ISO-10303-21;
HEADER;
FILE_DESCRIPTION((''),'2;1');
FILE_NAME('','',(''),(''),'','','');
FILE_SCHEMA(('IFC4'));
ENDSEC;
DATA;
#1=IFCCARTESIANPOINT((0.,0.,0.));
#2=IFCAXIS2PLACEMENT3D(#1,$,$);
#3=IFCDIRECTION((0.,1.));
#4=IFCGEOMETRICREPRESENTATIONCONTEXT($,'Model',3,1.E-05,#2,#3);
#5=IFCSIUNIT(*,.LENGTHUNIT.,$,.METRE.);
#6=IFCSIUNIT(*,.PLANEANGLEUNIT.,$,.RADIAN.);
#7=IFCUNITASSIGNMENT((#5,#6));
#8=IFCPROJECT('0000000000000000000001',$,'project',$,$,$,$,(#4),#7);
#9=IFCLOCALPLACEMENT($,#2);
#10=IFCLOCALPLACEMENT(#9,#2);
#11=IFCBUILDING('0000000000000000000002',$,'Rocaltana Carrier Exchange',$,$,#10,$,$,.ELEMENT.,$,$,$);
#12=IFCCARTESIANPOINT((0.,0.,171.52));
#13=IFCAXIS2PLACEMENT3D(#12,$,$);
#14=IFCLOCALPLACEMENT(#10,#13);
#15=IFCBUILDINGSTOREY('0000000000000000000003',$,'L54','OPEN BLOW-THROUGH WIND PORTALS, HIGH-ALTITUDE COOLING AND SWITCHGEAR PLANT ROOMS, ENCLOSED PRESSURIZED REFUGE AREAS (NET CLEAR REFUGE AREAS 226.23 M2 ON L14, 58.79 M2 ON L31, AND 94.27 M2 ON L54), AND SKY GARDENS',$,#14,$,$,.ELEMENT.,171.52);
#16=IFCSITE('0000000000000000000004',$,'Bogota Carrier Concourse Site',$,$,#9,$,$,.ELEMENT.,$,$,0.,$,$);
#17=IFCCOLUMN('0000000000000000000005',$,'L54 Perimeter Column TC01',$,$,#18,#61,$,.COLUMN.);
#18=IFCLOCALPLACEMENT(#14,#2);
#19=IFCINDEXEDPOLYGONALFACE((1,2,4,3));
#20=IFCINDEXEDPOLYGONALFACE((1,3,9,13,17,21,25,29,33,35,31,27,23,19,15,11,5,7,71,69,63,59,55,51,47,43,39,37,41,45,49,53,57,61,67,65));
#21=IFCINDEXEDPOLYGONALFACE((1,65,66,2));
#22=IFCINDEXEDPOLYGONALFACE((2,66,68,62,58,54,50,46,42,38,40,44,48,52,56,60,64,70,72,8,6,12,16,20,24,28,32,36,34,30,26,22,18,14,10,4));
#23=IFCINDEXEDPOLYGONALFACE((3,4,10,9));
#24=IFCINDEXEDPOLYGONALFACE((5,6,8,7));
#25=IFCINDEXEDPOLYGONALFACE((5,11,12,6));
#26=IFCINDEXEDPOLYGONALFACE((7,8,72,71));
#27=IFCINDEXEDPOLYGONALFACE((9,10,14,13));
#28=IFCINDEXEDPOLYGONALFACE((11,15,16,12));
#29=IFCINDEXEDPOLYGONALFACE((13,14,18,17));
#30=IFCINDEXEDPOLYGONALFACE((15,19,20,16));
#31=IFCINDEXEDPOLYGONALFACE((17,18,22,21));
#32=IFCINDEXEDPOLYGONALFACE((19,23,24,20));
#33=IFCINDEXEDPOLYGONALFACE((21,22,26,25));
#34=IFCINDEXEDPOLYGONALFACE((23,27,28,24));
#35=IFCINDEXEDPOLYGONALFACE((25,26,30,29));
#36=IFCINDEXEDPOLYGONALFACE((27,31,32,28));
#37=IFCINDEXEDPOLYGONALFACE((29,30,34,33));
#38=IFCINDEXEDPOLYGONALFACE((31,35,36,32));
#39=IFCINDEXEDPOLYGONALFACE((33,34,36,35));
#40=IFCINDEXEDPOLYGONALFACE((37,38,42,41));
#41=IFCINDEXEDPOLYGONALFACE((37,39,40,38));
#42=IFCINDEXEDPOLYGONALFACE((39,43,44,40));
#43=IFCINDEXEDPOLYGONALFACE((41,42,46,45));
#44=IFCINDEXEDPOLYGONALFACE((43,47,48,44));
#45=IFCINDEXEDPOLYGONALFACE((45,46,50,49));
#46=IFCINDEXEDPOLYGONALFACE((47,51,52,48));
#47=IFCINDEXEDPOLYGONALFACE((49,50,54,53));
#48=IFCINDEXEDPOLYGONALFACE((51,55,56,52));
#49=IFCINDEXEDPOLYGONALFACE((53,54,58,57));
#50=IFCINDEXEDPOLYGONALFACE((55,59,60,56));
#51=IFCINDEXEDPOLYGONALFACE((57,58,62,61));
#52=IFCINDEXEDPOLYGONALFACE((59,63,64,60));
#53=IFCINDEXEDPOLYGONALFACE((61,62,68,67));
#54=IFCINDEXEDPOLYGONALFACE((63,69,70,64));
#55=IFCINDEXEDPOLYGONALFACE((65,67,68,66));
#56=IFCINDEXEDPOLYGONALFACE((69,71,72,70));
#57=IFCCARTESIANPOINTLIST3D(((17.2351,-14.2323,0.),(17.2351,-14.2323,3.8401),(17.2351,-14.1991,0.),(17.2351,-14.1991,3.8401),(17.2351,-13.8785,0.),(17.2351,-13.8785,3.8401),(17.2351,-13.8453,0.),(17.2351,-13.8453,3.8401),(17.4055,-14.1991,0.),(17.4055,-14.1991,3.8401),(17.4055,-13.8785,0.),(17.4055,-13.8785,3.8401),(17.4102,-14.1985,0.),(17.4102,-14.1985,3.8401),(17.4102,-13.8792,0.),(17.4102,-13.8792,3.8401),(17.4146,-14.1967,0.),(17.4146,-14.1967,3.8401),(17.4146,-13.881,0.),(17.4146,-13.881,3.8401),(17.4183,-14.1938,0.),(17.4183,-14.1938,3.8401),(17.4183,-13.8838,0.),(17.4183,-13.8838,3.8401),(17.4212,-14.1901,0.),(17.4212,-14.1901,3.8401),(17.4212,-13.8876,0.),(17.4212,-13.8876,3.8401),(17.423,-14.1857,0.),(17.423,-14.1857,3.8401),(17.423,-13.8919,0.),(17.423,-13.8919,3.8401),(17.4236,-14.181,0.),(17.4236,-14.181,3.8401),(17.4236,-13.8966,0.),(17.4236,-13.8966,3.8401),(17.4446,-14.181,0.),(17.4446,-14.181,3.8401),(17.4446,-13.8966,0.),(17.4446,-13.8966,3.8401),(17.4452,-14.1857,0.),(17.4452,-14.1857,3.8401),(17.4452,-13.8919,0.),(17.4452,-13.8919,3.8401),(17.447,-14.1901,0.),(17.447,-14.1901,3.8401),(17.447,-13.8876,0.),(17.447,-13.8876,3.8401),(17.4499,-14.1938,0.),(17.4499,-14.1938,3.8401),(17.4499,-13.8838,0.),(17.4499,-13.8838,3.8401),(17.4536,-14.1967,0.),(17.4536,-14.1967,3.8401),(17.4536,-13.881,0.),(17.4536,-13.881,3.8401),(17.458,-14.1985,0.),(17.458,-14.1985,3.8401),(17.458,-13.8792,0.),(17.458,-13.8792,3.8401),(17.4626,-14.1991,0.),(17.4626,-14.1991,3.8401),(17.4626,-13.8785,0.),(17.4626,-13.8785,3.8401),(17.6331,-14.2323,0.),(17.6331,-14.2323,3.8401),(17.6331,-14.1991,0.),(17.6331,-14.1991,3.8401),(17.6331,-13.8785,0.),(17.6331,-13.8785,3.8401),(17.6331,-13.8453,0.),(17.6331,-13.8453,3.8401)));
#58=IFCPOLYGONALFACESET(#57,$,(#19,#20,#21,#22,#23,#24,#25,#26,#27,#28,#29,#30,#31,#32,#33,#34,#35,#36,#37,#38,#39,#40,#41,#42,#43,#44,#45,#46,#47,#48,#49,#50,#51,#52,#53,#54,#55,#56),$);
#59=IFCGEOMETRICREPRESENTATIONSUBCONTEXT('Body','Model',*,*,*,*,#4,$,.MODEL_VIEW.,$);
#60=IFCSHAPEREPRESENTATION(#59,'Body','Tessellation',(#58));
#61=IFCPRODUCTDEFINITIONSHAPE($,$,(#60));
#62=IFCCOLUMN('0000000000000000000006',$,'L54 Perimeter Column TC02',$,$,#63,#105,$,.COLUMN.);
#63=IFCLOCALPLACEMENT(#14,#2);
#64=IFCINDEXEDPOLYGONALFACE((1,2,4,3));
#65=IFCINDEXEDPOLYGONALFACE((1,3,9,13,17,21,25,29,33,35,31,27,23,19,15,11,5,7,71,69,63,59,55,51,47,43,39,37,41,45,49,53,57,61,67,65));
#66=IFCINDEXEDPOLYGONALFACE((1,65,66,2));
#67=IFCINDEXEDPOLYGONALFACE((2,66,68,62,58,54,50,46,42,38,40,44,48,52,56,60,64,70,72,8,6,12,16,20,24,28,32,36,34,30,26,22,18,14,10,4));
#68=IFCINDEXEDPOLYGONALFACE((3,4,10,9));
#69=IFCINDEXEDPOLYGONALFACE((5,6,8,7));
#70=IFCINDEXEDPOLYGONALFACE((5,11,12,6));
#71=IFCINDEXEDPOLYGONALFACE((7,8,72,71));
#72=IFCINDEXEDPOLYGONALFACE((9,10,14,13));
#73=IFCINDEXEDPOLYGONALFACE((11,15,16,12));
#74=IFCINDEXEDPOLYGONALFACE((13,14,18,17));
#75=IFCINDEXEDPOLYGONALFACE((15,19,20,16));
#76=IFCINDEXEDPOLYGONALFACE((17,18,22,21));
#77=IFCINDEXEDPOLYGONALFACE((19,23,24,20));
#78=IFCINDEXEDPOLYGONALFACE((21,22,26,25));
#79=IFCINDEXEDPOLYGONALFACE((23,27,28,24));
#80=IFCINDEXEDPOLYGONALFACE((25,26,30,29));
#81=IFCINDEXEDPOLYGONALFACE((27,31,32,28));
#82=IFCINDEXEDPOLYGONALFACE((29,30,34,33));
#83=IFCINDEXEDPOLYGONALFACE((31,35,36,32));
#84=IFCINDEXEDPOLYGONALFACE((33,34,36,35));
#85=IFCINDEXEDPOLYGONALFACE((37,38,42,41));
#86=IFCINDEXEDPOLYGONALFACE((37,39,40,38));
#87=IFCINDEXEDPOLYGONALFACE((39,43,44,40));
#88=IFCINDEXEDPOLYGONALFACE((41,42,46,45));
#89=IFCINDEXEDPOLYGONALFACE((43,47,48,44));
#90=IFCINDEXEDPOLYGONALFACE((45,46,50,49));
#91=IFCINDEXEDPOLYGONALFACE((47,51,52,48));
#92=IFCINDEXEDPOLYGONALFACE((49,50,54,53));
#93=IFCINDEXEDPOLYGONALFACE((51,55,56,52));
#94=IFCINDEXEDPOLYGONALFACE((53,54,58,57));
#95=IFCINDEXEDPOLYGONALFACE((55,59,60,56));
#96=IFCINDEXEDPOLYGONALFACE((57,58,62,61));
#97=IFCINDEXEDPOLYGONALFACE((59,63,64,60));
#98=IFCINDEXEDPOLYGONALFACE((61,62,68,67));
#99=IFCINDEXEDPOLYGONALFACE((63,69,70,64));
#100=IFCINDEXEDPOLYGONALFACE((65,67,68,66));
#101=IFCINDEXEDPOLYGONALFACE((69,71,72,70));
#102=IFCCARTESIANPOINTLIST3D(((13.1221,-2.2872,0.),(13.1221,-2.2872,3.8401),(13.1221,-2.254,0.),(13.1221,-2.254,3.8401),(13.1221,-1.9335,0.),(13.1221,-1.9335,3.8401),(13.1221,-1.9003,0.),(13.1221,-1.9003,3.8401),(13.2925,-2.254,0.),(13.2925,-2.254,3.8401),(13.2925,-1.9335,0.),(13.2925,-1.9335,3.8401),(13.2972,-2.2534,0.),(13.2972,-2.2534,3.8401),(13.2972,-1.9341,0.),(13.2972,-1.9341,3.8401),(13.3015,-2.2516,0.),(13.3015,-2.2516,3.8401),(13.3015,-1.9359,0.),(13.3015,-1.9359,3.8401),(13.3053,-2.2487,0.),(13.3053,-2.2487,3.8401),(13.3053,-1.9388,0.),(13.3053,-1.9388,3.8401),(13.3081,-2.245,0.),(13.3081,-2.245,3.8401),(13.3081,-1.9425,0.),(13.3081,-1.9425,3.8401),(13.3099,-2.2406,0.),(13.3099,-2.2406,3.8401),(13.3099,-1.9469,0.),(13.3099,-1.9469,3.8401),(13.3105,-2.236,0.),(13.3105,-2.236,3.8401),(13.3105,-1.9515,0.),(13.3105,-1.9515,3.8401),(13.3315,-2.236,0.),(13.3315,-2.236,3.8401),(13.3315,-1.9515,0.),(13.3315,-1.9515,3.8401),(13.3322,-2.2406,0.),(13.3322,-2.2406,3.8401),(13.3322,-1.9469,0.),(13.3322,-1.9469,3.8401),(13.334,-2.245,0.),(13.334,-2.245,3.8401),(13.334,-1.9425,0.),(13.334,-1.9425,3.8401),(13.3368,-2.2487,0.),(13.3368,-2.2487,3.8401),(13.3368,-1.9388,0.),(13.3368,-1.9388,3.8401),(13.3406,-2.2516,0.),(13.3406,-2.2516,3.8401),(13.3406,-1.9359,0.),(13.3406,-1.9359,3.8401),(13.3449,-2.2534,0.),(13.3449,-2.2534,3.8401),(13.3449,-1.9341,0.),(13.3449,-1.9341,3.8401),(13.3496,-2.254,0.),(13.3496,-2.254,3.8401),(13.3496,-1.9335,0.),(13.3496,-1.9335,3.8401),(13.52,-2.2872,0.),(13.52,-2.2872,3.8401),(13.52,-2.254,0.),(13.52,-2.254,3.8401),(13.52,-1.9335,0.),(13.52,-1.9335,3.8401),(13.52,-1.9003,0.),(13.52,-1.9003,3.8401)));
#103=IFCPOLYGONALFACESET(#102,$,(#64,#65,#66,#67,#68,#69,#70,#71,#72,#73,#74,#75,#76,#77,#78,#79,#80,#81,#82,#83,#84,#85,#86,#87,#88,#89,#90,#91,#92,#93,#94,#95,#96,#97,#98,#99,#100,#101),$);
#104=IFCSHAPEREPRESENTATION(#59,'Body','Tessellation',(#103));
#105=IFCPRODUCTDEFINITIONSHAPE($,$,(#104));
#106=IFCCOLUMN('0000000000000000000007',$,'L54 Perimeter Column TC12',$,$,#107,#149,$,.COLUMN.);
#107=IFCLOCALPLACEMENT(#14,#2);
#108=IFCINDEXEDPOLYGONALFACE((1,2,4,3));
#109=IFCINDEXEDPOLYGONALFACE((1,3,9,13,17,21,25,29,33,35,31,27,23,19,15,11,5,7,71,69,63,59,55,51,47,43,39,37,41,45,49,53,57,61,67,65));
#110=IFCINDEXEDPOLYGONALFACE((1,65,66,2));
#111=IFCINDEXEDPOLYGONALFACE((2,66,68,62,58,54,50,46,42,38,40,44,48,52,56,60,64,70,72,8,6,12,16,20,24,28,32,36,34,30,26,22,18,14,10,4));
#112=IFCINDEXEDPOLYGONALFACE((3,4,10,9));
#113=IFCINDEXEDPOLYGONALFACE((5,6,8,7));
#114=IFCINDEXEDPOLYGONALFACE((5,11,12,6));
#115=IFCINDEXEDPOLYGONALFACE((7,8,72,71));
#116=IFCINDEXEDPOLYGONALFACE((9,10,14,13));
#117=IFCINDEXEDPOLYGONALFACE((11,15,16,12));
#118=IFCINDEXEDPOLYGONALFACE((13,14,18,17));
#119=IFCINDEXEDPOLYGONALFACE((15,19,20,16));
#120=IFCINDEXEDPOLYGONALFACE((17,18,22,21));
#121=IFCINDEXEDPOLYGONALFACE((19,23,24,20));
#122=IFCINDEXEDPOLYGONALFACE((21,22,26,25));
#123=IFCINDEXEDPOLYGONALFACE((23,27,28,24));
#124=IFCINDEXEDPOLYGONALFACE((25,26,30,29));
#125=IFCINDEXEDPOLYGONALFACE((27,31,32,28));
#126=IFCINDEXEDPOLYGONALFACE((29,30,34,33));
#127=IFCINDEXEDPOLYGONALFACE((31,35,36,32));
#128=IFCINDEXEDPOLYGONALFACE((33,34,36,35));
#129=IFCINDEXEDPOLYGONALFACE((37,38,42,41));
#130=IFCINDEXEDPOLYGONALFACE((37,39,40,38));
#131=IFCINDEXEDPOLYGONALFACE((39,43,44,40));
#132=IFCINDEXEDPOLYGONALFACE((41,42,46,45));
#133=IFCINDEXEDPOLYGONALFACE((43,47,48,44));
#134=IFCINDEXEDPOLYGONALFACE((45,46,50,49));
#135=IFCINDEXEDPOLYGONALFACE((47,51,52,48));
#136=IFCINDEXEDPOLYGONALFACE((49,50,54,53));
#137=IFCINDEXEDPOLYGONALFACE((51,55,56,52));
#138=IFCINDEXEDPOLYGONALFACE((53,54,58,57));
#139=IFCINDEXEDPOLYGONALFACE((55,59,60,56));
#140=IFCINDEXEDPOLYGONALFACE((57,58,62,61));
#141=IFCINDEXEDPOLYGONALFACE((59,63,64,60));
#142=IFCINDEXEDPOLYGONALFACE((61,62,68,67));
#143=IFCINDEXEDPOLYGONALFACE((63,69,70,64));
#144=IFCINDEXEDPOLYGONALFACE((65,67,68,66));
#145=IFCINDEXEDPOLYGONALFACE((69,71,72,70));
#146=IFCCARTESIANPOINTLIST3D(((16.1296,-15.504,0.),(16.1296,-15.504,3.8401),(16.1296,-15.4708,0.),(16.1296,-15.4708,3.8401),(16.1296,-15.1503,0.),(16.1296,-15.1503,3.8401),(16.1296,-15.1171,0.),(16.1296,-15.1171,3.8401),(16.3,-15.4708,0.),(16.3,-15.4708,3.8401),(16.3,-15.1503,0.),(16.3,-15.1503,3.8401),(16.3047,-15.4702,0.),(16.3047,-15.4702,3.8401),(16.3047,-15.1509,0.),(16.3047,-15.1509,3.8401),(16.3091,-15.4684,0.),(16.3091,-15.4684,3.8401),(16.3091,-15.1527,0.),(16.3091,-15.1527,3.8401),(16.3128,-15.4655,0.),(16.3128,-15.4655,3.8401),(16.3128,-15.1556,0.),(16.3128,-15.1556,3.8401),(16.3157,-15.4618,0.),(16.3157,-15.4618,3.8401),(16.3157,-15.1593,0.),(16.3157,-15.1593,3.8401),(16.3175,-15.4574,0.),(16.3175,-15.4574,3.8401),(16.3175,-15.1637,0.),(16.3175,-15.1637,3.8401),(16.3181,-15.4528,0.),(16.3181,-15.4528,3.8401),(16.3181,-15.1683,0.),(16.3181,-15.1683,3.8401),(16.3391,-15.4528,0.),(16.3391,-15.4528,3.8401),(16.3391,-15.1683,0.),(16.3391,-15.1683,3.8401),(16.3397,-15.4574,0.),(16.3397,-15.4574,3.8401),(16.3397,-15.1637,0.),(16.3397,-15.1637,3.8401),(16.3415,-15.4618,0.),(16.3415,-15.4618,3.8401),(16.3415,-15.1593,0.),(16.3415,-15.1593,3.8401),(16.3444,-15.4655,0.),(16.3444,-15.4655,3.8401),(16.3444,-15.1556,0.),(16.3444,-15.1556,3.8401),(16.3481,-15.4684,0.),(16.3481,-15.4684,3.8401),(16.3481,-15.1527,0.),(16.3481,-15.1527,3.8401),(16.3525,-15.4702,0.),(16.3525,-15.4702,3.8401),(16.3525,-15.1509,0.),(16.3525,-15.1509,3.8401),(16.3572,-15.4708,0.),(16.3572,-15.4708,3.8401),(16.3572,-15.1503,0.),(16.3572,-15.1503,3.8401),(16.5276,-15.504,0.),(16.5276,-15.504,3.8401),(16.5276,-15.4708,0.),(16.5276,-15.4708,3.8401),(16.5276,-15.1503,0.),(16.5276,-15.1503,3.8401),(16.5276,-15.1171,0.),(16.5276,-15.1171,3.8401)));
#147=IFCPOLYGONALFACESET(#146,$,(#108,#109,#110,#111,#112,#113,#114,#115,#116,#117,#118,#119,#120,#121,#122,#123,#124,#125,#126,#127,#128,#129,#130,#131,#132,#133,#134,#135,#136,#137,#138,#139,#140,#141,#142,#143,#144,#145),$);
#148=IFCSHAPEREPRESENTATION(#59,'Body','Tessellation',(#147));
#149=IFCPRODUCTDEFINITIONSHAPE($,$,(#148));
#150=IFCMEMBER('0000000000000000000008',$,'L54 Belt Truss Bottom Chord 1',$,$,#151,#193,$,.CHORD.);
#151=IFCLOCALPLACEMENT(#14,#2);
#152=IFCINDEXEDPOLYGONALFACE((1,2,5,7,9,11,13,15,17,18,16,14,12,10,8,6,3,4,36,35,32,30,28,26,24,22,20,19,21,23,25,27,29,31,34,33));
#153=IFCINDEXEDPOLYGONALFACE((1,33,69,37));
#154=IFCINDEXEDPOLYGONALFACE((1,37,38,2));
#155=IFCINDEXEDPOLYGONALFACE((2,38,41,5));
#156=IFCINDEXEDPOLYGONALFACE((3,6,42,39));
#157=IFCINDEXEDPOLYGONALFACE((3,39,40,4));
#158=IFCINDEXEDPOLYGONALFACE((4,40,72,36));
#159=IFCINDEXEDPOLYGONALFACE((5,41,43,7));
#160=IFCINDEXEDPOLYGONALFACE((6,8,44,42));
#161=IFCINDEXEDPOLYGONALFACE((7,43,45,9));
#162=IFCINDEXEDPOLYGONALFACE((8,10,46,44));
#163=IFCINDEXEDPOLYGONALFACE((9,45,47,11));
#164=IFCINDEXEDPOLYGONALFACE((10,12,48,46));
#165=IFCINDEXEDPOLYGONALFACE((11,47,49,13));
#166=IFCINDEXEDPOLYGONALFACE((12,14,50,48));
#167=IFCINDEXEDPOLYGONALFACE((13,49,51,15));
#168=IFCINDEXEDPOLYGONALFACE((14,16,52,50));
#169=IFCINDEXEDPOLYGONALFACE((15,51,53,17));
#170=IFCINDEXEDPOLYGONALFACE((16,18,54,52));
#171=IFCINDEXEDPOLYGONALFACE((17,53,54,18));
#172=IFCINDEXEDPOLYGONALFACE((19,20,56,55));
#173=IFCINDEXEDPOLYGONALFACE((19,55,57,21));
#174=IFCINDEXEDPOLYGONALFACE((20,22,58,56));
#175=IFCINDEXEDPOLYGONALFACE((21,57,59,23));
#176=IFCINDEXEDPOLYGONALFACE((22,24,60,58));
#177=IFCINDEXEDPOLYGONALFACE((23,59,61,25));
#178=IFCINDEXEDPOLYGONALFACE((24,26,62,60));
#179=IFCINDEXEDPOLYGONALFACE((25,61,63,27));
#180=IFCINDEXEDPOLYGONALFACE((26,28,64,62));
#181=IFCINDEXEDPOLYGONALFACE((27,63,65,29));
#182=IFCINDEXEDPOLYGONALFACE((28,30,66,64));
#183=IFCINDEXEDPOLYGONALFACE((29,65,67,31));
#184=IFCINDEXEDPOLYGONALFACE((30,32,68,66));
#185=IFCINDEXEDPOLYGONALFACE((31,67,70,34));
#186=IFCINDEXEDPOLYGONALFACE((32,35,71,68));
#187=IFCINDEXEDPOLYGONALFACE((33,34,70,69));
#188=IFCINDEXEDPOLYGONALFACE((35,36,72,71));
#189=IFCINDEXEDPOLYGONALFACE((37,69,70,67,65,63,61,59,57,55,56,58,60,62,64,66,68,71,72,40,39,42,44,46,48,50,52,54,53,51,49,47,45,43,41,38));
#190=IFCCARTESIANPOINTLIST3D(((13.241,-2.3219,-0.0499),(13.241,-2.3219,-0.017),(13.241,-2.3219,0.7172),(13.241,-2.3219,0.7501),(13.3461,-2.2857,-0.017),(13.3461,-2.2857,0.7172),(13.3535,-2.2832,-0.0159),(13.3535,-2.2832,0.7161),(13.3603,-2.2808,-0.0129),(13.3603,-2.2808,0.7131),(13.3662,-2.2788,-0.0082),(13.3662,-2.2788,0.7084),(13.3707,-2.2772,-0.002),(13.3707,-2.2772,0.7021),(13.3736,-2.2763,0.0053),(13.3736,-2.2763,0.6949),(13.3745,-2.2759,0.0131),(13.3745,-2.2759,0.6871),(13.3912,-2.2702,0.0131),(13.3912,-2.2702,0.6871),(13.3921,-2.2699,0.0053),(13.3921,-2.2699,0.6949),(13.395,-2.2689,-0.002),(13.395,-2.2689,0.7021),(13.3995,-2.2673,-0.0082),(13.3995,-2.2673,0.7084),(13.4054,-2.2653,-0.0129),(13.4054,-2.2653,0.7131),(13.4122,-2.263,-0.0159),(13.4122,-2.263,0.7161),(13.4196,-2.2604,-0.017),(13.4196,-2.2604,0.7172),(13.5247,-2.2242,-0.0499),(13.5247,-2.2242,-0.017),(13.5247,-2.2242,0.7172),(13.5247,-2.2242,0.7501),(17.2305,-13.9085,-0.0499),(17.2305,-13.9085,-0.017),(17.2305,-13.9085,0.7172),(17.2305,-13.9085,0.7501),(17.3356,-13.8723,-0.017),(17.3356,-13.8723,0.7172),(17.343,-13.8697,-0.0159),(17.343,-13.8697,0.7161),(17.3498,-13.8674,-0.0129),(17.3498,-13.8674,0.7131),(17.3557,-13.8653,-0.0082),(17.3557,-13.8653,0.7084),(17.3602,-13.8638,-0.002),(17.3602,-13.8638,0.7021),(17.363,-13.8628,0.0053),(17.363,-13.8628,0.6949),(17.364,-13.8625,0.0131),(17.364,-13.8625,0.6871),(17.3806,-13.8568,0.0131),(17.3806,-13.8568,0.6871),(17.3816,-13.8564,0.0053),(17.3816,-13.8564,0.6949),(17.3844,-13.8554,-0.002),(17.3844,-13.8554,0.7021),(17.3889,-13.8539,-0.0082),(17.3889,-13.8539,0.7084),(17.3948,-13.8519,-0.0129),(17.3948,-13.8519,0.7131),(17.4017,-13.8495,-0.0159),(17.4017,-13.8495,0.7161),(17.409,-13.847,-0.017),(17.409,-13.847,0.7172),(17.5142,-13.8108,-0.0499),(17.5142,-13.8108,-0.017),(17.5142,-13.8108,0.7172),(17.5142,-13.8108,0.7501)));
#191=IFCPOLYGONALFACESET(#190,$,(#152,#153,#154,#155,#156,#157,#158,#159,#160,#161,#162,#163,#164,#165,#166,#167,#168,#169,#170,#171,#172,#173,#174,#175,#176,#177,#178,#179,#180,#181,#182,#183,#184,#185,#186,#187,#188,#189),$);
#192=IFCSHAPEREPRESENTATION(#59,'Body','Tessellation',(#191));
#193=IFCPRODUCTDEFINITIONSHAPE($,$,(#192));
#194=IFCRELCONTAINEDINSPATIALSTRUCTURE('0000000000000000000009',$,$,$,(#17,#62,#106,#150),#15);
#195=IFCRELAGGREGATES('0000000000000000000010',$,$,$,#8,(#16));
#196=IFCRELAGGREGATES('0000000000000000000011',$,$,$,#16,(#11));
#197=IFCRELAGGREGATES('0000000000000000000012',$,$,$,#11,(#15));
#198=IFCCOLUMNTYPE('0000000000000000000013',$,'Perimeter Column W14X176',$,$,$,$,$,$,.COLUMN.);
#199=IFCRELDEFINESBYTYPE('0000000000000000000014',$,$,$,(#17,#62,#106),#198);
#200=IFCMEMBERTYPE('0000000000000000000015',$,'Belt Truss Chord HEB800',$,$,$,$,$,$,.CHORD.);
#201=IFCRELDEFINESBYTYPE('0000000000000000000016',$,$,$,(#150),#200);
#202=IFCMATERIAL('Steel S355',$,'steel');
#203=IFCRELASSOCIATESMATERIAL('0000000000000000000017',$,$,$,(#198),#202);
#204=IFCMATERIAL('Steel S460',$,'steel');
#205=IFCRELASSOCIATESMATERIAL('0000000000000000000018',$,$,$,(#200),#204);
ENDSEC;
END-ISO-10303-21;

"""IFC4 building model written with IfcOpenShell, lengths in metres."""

from ifc_helpers import new_model, si_unit, direction, frame, origin, origin_2d, place, context, subcontext, project, spatial, i_section, extrude, material, material_profile, profile_set, type_object, element, save


model = new_model("IFC4")

# Units and contexts
model_context = context("Model", 3, precision=1e-05, world=origin(), true_north=direction((0.0, 1.0)))
body_context = subcontext(model_context, "Body", "Model", "MODEL_VIEW")
ifc_project = project(units=[si_unit("LENGTHUNIT", "METRE"), si_unit("PLANEANGLEUNIT", "RADIAN")], contexts=[model_context])

# Site, building, storey
site_placement = place(None, origin())
site = spatial("IfcSite", under=ifc_project, at=site_placement, Name="Bogota Carrier Concourse Site", CompositionType="ELEMENT", RefElevation=0.0)
building_placement = place(site_placement, origin())
building = spatial("IfcBuilding", under=site, at=building_placement, Name="Rocaltana Carrier Exchange", CompositionType="ELEMENT")
storey_placement = place(building_placement, frame((0.0, 0.0, 171.52)))
storey = spatial("IfcBuildingStorey", under=building, at=storey_placement, Name="L54", Description="OPEN BLOW-THROUGH WIND PORTALS, HIGH-ALTITUDE COOLING AND SWITCHGEAR PLANT ROOMS, ENCLOSED PRESSURIZED REFUGE AREAS (NET CLEAR REFUGE AREAS 226.23 M2 ON L14, 58.79 M2 ON L31, AND 94.27 M2 ON L54), AND SKY GARDENS", CompositionType="ELEMENT", Elevation=171.52)

# Columns
ifc_material_1 = material(Name="Steel S355", Category="steel")
ifc_material_profile_1 = material_profile(ifc_material_1, i_section(OverallWidth=0.3979, OverallDepth=0.387, WebThickness=0.021, FlangeThickness=0.0332, FilletRadius=0.0181, at=origin_2d()), Name="W14X176")
ifc_profile_set_1 = profile_set([ifc_material_profile_1], Name="Steel S355")
column_type = type_object("IfcColumnType", Name="Perimeter Column W14X176", PredefinedType="COLUMN", material=ifc_profile_set_1)
for number, where, z_axis, x_axis, name in (
    (1, (17.4341, -14.0388, 0.0), (0.0, 0.0, 1.0), (1.0, 0.0, 0.0), "L54 Perimeter Column TC01"),
    (2, (13.321, -2.0938, 0.0), (0.0, 0.0, 1.0), (1.0, 0.0, 0.0), "L54 Perimeter Column TC02"),
    (3, (16.3286, -15.3105, 0.0), (0.0, 0.0, 1.0), (1.0, 0.0, 0.0), "L54 Perimeter Column TC12"),
):
    element("IfcColumn", number, at=place(storey_placement, frame(where, z_axis=z_axis, x_axis=x_axis)), inside=storey, type_object=column_type, Name=name, PredefinedType="COLUMN", context=body_context, shape_type="SweptSolid", body=[
        extrude(i_section(OverallWidth=0.3979, OverallDepth=0.387, WebThickness=0.021, FlangeThickness=0.0332, FilletRadius=0.0181, at=origin_2d()), origin(), (0.0, 0.0, 1.0), 3.8401),
    ])

# Member
ifc_material_2 = material(Name="Steel S460", Category="steel")
ifc_material_profile_2 = material_profile(ifc_material_2, i_section(OverallWidth=0.3, OverallDepth=0.8, WebThickness=0.0176, FlangeThickness=0.033, FilletRadius=0.03, at=origin_2d()), Name="HEB800")
ifc_profile_set_2 = profile_set([ifc_material_profile_2], Name="Steel S460")
member_type_1 = type_object("IfcMemberType", Name="Belt Truss Chord HEB800", PredefinedType="CHORD", material=ifc_profile_set_2)
for number, where, z_axis, x_axis, name in (
    (4, (17.3723, -13.8596, 0.3501), (-0.32556, 0.945521, 0.0), (-0.945521, -0.32556, 0.0), "L54 Belt Truss Bottom Chord 1"),
):
    element("IfcMember", number, at=place(storey_placement, frame(where, z_axis=z_axis, x_axis=x_axis)), inside=storey, type_object=member_type_1, Name=name, PredefinedType="CHORD", context=body_context, shape_type="SweptSolid", body=[
        extrude(i_section(OverallWidth=0.3, OverallDepth=0.8, WebThickness=0.0176, FlangeThickness=0.033, FilletRadius=0.03, at=origin_2d()), origin(), (0.0, 0.0, 1.0), 12.2542),
    ])

save(model, "model.ifc")
